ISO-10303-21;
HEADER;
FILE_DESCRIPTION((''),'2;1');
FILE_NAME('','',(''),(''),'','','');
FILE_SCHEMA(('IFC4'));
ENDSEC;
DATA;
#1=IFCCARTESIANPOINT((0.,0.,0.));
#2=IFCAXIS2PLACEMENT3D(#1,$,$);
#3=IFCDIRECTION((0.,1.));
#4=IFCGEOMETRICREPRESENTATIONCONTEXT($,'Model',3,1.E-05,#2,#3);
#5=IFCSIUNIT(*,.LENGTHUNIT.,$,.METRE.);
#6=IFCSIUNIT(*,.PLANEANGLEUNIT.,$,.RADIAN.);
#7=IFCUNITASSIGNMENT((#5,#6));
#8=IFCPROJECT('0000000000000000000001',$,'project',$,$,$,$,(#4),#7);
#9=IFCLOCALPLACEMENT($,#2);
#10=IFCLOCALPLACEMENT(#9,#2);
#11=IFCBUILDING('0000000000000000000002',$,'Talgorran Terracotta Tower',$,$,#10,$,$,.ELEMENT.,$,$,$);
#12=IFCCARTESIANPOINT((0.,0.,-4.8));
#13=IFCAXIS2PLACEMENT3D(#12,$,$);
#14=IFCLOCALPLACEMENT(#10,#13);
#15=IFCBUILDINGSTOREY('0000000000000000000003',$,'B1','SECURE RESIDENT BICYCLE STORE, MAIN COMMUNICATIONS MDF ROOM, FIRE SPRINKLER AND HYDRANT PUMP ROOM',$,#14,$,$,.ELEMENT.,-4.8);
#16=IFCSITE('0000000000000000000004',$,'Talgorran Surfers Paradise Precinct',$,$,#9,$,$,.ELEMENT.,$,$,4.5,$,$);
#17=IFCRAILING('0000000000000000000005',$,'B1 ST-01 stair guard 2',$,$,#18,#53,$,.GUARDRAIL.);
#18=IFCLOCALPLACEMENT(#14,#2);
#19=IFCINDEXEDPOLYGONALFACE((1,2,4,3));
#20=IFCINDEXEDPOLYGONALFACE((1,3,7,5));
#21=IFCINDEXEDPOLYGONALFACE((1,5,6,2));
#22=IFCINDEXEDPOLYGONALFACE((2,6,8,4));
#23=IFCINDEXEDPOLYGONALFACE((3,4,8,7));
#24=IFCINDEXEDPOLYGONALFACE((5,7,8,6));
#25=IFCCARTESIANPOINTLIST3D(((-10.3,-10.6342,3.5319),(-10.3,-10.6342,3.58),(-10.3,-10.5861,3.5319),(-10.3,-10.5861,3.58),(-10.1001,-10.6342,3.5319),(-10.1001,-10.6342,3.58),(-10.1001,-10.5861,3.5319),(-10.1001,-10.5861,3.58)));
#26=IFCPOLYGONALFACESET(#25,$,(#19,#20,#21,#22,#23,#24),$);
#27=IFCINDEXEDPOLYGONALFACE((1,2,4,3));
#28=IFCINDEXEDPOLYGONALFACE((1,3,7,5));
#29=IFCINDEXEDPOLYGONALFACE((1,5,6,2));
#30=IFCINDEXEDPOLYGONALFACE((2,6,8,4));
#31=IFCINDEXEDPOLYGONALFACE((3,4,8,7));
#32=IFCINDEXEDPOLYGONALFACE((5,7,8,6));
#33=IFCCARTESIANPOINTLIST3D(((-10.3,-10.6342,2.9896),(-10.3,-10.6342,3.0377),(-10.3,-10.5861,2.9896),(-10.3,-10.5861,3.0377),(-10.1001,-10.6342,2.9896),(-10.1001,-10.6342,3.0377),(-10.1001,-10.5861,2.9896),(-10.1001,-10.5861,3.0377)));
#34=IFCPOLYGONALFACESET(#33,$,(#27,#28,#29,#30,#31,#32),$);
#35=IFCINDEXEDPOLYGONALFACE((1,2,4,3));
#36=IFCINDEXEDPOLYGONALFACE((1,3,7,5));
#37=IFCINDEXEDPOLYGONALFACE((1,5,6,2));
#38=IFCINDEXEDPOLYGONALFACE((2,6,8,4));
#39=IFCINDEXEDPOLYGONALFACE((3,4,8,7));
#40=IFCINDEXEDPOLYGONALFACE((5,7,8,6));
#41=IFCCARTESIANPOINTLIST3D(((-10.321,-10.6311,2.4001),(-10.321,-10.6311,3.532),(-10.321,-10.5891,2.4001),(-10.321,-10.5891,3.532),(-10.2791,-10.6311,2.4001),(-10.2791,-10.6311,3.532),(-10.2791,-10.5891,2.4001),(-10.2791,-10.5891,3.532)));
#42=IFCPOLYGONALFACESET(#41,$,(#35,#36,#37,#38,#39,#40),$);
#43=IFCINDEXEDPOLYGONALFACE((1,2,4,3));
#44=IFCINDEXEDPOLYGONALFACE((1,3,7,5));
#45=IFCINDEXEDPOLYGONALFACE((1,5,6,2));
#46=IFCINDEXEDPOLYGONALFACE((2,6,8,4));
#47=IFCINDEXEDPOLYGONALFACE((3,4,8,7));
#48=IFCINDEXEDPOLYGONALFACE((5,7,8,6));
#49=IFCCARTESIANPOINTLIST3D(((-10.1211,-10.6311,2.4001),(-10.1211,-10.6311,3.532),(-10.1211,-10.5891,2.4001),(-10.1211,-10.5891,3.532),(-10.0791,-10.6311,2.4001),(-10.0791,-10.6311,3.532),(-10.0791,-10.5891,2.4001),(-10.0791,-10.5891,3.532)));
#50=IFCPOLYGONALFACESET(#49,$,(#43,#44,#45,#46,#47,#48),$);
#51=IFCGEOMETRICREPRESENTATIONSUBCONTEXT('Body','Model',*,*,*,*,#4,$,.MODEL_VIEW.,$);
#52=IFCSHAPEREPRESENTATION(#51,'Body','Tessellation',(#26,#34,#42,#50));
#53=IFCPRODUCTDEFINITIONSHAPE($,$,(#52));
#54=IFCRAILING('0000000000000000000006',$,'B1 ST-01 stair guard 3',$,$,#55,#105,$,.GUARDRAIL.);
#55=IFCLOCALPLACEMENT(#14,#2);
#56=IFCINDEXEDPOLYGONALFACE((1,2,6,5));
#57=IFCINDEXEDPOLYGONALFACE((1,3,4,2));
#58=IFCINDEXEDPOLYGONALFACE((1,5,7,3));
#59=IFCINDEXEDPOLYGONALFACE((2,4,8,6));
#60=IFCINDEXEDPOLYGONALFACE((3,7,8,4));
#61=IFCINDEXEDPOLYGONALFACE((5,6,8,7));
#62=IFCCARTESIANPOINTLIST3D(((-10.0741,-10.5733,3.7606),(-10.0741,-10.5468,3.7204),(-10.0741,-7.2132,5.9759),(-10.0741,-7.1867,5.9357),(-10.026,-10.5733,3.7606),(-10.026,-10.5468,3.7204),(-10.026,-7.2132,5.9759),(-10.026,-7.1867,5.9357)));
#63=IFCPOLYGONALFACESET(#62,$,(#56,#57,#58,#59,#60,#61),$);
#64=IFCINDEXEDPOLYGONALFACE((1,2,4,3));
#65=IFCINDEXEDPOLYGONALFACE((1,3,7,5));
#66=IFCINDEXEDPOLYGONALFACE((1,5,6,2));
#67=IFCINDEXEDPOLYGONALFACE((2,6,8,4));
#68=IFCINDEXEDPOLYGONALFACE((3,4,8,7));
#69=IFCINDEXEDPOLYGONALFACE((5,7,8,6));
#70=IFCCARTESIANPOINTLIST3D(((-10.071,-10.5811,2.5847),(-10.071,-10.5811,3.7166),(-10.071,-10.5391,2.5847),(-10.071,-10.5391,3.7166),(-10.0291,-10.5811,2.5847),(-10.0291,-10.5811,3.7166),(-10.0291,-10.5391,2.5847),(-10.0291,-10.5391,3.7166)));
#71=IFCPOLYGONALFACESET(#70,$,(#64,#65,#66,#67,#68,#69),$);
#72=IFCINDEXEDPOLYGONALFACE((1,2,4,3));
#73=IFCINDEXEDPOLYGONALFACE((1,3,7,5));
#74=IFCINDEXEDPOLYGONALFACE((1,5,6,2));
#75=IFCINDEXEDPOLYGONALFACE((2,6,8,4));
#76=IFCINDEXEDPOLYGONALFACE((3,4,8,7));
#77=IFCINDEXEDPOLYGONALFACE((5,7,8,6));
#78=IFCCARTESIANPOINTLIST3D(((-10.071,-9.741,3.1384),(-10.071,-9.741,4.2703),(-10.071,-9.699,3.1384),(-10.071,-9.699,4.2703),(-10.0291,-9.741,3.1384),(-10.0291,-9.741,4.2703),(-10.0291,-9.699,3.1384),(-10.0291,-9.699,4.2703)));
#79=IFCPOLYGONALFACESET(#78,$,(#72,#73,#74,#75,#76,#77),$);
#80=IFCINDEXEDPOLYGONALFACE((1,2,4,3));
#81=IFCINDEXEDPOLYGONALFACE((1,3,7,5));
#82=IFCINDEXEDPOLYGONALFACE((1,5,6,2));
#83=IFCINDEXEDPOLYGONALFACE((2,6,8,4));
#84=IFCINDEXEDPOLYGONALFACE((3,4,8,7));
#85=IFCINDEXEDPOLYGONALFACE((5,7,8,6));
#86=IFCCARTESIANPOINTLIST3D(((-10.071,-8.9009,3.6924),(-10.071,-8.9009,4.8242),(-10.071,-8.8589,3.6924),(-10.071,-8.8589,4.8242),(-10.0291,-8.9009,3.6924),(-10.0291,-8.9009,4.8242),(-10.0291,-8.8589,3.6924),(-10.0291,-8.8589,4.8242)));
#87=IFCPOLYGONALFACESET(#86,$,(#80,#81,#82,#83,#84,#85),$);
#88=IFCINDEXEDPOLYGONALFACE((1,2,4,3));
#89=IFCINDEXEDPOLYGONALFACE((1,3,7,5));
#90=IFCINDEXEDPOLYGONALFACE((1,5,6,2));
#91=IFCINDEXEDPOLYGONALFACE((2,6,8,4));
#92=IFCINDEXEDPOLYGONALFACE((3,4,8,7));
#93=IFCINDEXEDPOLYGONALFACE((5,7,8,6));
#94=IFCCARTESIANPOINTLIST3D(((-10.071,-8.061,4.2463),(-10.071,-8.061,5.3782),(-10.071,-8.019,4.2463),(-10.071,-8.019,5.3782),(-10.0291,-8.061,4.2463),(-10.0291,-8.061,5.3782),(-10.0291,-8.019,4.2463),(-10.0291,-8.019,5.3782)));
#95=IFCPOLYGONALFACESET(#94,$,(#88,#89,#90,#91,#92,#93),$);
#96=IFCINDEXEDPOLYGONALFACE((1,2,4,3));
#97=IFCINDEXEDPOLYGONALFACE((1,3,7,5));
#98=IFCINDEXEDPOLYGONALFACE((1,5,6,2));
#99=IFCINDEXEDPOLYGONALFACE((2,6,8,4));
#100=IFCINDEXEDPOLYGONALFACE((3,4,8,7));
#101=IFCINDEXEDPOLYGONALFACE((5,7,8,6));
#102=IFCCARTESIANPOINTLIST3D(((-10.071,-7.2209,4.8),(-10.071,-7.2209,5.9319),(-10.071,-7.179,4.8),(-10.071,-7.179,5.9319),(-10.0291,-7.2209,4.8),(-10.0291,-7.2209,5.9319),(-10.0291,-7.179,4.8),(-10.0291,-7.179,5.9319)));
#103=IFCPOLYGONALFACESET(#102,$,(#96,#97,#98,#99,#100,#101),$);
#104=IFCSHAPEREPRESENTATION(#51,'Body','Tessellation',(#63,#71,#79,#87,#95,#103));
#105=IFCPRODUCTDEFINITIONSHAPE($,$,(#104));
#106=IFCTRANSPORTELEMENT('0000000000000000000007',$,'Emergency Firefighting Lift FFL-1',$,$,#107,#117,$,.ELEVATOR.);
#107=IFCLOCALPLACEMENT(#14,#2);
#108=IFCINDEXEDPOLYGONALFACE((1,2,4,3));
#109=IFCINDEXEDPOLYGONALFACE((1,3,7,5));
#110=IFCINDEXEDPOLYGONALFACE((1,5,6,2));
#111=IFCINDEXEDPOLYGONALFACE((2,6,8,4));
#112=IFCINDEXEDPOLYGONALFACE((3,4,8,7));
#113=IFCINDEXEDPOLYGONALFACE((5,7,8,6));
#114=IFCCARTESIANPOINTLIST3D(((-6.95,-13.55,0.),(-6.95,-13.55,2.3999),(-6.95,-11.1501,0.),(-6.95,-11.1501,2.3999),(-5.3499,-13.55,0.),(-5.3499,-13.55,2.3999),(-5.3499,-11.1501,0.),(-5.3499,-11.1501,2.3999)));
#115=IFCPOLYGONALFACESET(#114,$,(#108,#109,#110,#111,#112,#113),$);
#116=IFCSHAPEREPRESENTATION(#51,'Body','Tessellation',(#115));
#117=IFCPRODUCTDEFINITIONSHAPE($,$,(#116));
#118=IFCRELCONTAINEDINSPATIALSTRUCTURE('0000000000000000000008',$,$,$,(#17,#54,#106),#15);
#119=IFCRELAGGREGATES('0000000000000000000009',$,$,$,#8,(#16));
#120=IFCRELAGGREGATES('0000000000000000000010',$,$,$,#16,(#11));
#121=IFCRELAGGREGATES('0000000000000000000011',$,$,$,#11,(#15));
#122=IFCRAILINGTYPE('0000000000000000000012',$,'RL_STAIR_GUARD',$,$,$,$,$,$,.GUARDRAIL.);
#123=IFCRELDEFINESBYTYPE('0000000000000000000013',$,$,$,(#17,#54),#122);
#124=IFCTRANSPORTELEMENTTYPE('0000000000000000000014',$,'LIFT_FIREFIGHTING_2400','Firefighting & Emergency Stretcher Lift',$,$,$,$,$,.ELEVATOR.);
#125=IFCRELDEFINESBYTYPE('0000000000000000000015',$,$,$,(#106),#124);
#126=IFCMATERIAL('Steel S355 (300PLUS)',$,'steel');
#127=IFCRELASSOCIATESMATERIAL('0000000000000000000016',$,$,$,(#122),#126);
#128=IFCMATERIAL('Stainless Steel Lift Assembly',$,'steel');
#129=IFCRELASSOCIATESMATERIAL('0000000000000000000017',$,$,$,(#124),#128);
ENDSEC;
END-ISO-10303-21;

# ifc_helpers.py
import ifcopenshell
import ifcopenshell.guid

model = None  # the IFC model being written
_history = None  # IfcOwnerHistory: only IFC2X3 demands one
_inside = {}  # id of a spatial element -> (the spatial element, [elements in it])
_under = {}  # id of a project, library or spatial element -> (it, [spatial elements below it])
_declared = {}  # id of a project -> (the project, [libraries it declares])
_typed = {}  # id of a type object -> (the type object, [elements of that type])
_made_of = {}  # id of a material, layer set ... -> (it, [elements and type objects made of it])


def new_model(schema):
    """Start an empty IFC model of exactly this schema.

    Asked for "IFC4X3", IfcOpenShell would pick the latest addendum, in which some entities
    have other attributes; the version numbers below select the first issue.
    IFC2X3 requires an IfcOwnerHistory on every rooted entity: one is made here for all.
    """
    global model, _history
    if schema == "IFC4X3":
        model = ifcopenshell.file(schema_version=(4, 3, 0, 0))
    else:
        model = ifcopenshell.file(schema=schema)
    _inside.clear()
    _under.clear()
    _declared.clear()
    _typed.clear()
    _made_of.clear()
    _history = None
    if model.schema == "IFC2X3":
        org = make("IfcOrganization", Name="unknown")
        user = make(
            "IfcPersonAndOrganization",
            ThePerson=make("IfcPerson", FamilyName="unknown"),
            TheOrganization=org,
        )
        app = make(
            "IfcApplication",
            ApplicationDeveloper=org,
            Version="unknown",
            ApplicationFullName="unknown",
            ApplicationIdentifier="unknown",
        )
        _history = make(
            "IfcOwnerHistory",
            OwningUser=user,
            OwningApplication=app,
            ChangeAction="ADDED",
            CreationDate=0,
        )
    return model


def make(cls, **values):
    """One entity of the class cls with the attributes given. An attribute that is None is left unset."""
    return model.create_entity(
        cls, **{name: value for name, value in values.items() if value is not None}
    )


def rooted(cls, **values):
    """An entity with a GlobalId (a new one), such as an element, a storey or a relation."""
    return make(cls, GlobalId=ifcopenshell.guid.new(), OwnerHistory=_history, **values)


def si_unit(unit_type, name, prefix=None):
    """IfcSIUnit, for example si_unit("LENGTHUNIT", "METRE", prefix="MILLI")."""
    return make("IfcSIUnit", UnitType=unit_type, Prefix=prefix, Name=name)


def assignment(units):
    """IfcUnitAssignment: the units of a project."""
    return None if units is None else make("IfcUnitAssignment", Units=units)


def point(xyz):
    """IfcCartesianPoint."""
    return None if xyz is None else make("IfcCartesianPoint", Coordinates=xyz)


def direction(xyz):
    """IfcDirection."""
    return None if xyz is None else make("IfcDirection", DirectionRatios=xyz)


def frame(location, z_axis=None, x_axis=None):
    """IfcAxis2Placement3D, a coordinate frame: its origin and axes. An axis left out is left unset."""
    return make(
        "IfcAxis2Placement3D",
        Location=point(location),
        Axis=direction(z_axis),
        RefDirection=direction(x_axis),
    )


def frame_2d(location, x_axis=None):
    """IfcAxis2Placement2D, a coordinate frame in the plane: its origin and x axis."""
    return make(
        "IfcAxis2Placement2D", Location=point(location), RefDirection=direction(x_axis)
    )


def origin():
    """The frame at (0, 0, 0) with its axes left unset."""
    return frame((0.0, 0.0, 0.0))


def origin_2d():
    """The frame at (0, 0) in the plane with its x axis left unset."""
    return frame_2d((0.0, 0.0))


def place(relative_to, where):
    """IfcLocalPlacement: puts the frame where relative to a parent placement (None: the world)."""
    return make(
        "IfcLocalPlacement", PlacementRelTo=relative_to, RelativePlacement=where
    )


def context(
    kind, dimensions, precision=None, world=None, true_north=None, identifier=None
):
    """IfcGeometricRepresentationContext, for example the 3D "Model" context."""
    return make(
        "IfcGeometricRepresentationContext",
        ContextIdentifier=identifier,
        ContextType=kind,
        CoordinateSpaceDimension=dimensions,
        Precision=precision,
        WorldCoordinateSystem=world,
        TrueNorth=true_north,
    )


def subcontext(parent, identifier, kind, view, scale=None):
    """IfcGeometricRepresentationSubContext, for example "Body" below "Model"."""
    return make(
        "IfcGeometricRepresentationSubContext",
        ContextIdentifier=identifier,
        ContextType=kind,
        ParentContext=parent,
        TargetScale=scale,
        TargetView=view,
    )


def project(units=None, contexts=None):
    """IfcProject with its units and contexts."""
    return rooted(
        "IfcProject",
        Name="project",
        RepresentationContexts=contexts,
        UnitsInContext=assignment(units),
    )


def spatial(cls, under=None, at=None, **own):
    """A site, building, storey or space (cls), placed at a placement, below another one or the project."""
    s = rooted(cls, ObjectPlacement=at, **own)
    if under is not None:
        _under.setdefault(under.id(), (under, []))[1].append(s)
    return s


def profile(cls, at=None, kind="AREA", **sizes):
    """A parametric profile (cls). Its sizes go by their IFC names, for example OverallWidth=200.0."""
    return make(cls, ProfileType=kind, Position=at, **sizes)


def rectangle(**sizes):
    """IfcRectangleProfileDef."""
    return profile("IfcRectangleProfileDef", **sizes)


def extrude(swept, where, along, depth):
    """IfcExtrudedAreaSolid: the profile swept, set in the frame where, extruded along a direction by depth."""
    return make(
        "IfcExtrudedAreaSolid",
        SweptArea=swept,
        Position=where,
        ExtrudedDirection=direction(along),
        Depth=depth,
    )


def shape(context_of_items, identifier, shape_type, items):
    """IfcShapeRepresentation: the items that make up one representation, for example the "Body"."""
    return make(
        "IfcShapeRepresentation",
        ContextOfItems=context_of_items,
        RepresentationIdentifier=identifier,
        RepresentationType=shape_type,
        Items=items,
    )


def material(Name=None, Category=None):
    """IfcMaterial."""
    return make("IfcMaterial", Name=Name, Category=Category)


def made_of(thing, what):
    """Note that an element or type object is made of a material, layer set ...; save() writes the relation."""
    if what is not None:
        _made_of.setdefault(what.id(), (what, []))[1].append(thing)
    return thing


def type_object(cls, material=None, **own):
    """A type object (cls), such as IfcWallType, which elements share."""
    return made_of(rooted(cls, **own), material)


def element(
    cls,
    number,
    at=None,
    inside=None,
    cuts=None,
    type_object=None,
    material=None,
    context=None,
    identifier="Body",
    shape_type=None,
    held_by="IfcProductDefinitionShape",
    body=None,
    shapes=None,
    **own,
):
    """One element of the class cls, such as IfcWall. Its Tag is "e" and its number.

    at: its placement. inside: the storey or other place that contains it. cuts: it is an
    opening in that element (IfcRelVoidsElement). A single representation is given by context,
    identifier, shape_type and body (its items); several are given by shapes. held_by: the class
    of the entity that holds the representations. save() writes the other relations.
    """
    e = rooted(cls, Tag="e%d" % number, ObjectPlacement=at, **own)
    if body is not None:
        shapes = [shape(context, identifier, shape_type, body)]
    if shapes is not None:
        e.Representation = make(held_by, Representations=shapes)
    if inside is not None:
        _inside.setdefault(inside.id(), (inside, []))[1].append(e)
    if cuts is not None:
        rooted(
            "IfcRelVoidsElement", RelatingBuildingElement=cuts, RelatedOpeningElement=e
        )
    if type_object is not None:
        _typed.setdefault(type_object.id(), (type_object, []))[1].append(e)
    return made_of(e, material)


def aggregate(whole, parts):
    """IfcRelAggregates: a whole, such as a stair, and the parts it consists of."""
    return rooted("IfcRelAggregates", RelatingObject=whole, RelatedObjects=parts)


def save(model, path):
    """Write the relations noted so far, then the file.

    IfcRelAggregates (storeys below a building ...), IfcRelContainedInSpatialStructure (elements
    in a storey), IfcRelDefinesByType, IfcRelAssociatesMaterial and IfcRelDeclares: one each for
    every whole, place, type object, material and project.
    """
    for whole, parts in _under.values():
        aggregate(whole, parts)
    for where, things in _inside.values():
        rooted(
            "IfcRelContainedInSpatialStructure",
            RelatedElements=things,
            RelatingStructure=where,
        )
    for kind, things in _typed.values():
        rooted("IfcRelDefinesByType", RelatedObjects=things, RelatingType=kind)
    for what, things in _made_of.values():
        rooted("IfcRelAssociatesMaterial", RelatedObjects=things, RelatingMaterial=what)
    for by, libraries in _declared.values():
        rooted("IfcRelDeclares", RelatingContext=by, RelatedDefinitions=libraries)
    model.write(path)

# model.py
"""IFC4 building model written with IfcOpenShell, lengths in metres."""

from ifc_helpers import new_model, si_unit, direction, frame, origin, origin_2d, place, context, subcontext, project, spatial, rectangle, extrude, material, type_object, element, save


model = new_model("IFC4")

# Units and contexts
model_context = context("Model", 3, precision=1e-05, world=origin(), true_north=direction((0.0, 1.0)))
body_context = subcontext(model_context, "Body", "Model", "MODEL_VIEW")
ifc_project = project(units=[si_unit("LENGTHUNIT", "METRE"), si_unit("PLANEANGLEUNIT", "RADIAN")], contexts=[model_context])

# Site, building, storey
site_placement = place(None, origin())
site = spatial("IfcSite", under=ifc_project, at=site_placement, Name="Talgorran Surfers Paradise Precinct", CompositionType="ELEMENT", RefElevation=4.5)
building_placement = place(site_placement, origin())
building = spatial("IfcBuilding", under=site, at=building_placement, Name="Talgorran Terracotta Tower", CompositionType="ELEMENT")
storey_placement = place(building_placement, frame((0.0, 0.0, -4.8)))
storey = spatial("IfcBuildingStorey", under=building, at=storey_placement, Name="B1", Description="SECURE RESIDENT BICYCLE STORE, MAIN COMMUNICATIONS MDF ROOM, FIRE SPRINKLER AND HYDRANT PUMP ROOM", CompositionType="ELEMENT", Elevation=-4.8)

# Railings
ifc_material_1 = material(Name="Steel S355 (300PLUS)", Category="steel")
railing_type_1 = type_object("IfcRailingType", Name="RL_STAIR_GUARD", PredefinedType="GUARDRAIL", material=ifc_material_1)
railing_1_placement = place(storey_placement, frame((-10.3, -10.6101, 2.4001)))
element("IfcRailing", 1, at=railing_1_placement, inside=storey, type_object=railing_type_1, Name="B1 ST-01 stair guard 2", PredefinedType="GUARDRAIL", context=body_context, shape_type="SweptSolid", body=[
    extrude(rectangle(XDim=0.0481, YDim=0.0481, at=origin_2d()), frame((0.0, 0.0, 1.1558), z_axis=(1.0, 0.0, 0.0), x_axis=(0.0, 1.0, 0.0)), (0.0, 0.0, 1.0), 0.2),
    extrude(rectangle(XDim=0.0481, YDim=0.0481, at=origin_2d()), frame((0.0, 0.0, 0.6135), z_axis=(1.0, 0.0, 0.0), x_axis=(0.0, 1.0, 0.0)), (0.0, 0.0, 1.0), 0.2),
    extrude(rectangle(XDim=0.042, YDim=0.042, at=origin_2d()), origin(), (0.0, 0.0, 1.0), 1.1318),
    extrude(rectangle(XDim=0.042, YDim=0.042, at=origin_2d()), frame((0.2, 0.0, 0.0)), (0.0, 0.0, 1.0), 1.1318),
])
railing_2_placement = place(storey_placement, frame((-10.05, -10.5601, 2.5847)))
element("IfcRailing", 2, at=railing_2_placement, inside=storey, type_object=railing_type_1, Name="B1 ST-01 stair guard 3", PredefinedType="GUARDRAIL", context=body_context, shape_type="SweptSolid", body=[
    extrude(rectangle(XDim=0.0481, YDim=0.0481, at=origin_2d()), frame((0.0, 0.0, 1.1558), z_axis=(0.0, 0.834876, 0.550437), x_axis=(-1.0, 0.0, 0.0)), (0.0, 0.0, 1.0), 4.0247),
    extrude(rectangle(XDim=0.042, YDim=0.042, at=origin_2d()), origin(), (0.0, 0.0, 1.0), 1.1318),
    extrude(rectangle(XDim=0.042, YDim=0.042, at=origin_2d()), frame((0.0, 0.8401, 0.5537)), (0.0, 0.0, 1.0), 1.1318),
    extrude(rectangle(XDim=0.042, YDim=0.042, at=origin_2d()), frame((0.0, 1.6802, 1.1077)), (0.0, 0.0, 1.0), 1.1318),
    extrude(rectangle(XDim=0.042, YDim=0.042, at=origin_2d()), frame((0.0, 2.52, 1.6616)), (0.0, 0.0, 1.0), 1.1318),
    extrude(rectangle(XDim=0.042, YDim=0.042, at=origin_2d()), frame((0.0, 3.3601, 2.2153)), (0.0, 0.0, 1.0), 1.1318),
])

# Transport element
ifc_material_2 = material(Name="Stainless Steel Lift Assembly", Category="steel")
transport_element_type = type_object("IfcTransportElementType", Name="LIFT_FIREFIGHTING_2400", Description="Firefighting & Emergency Stretcher Lift", PredefinedType="ELEVATOR", material=ifc_material_2)
transport_element_placement = place(storey_placement, frame((-6.1499, -12.3501, 0.0), z_axis=(0.0, 0.0, 1.0), x_axis=(1.0, 0.0, 0.0)))
element("IfcTransportElement", 3, at=transport_element_placement, inside=storey, type_object=transport_element_type, Name="Emergency Firefighting Lift FFL-1", PredefinedType="ELEVATOR", context=body_context, shape_type="SweptSolid", body=[
    extrude(rectangle(XDim=1.6001, YDim=2.3999, at=origin_2d()), origin(), (0.0, 0.0, 1.0), 2.3999),
])

save(model, "model.ifc")
